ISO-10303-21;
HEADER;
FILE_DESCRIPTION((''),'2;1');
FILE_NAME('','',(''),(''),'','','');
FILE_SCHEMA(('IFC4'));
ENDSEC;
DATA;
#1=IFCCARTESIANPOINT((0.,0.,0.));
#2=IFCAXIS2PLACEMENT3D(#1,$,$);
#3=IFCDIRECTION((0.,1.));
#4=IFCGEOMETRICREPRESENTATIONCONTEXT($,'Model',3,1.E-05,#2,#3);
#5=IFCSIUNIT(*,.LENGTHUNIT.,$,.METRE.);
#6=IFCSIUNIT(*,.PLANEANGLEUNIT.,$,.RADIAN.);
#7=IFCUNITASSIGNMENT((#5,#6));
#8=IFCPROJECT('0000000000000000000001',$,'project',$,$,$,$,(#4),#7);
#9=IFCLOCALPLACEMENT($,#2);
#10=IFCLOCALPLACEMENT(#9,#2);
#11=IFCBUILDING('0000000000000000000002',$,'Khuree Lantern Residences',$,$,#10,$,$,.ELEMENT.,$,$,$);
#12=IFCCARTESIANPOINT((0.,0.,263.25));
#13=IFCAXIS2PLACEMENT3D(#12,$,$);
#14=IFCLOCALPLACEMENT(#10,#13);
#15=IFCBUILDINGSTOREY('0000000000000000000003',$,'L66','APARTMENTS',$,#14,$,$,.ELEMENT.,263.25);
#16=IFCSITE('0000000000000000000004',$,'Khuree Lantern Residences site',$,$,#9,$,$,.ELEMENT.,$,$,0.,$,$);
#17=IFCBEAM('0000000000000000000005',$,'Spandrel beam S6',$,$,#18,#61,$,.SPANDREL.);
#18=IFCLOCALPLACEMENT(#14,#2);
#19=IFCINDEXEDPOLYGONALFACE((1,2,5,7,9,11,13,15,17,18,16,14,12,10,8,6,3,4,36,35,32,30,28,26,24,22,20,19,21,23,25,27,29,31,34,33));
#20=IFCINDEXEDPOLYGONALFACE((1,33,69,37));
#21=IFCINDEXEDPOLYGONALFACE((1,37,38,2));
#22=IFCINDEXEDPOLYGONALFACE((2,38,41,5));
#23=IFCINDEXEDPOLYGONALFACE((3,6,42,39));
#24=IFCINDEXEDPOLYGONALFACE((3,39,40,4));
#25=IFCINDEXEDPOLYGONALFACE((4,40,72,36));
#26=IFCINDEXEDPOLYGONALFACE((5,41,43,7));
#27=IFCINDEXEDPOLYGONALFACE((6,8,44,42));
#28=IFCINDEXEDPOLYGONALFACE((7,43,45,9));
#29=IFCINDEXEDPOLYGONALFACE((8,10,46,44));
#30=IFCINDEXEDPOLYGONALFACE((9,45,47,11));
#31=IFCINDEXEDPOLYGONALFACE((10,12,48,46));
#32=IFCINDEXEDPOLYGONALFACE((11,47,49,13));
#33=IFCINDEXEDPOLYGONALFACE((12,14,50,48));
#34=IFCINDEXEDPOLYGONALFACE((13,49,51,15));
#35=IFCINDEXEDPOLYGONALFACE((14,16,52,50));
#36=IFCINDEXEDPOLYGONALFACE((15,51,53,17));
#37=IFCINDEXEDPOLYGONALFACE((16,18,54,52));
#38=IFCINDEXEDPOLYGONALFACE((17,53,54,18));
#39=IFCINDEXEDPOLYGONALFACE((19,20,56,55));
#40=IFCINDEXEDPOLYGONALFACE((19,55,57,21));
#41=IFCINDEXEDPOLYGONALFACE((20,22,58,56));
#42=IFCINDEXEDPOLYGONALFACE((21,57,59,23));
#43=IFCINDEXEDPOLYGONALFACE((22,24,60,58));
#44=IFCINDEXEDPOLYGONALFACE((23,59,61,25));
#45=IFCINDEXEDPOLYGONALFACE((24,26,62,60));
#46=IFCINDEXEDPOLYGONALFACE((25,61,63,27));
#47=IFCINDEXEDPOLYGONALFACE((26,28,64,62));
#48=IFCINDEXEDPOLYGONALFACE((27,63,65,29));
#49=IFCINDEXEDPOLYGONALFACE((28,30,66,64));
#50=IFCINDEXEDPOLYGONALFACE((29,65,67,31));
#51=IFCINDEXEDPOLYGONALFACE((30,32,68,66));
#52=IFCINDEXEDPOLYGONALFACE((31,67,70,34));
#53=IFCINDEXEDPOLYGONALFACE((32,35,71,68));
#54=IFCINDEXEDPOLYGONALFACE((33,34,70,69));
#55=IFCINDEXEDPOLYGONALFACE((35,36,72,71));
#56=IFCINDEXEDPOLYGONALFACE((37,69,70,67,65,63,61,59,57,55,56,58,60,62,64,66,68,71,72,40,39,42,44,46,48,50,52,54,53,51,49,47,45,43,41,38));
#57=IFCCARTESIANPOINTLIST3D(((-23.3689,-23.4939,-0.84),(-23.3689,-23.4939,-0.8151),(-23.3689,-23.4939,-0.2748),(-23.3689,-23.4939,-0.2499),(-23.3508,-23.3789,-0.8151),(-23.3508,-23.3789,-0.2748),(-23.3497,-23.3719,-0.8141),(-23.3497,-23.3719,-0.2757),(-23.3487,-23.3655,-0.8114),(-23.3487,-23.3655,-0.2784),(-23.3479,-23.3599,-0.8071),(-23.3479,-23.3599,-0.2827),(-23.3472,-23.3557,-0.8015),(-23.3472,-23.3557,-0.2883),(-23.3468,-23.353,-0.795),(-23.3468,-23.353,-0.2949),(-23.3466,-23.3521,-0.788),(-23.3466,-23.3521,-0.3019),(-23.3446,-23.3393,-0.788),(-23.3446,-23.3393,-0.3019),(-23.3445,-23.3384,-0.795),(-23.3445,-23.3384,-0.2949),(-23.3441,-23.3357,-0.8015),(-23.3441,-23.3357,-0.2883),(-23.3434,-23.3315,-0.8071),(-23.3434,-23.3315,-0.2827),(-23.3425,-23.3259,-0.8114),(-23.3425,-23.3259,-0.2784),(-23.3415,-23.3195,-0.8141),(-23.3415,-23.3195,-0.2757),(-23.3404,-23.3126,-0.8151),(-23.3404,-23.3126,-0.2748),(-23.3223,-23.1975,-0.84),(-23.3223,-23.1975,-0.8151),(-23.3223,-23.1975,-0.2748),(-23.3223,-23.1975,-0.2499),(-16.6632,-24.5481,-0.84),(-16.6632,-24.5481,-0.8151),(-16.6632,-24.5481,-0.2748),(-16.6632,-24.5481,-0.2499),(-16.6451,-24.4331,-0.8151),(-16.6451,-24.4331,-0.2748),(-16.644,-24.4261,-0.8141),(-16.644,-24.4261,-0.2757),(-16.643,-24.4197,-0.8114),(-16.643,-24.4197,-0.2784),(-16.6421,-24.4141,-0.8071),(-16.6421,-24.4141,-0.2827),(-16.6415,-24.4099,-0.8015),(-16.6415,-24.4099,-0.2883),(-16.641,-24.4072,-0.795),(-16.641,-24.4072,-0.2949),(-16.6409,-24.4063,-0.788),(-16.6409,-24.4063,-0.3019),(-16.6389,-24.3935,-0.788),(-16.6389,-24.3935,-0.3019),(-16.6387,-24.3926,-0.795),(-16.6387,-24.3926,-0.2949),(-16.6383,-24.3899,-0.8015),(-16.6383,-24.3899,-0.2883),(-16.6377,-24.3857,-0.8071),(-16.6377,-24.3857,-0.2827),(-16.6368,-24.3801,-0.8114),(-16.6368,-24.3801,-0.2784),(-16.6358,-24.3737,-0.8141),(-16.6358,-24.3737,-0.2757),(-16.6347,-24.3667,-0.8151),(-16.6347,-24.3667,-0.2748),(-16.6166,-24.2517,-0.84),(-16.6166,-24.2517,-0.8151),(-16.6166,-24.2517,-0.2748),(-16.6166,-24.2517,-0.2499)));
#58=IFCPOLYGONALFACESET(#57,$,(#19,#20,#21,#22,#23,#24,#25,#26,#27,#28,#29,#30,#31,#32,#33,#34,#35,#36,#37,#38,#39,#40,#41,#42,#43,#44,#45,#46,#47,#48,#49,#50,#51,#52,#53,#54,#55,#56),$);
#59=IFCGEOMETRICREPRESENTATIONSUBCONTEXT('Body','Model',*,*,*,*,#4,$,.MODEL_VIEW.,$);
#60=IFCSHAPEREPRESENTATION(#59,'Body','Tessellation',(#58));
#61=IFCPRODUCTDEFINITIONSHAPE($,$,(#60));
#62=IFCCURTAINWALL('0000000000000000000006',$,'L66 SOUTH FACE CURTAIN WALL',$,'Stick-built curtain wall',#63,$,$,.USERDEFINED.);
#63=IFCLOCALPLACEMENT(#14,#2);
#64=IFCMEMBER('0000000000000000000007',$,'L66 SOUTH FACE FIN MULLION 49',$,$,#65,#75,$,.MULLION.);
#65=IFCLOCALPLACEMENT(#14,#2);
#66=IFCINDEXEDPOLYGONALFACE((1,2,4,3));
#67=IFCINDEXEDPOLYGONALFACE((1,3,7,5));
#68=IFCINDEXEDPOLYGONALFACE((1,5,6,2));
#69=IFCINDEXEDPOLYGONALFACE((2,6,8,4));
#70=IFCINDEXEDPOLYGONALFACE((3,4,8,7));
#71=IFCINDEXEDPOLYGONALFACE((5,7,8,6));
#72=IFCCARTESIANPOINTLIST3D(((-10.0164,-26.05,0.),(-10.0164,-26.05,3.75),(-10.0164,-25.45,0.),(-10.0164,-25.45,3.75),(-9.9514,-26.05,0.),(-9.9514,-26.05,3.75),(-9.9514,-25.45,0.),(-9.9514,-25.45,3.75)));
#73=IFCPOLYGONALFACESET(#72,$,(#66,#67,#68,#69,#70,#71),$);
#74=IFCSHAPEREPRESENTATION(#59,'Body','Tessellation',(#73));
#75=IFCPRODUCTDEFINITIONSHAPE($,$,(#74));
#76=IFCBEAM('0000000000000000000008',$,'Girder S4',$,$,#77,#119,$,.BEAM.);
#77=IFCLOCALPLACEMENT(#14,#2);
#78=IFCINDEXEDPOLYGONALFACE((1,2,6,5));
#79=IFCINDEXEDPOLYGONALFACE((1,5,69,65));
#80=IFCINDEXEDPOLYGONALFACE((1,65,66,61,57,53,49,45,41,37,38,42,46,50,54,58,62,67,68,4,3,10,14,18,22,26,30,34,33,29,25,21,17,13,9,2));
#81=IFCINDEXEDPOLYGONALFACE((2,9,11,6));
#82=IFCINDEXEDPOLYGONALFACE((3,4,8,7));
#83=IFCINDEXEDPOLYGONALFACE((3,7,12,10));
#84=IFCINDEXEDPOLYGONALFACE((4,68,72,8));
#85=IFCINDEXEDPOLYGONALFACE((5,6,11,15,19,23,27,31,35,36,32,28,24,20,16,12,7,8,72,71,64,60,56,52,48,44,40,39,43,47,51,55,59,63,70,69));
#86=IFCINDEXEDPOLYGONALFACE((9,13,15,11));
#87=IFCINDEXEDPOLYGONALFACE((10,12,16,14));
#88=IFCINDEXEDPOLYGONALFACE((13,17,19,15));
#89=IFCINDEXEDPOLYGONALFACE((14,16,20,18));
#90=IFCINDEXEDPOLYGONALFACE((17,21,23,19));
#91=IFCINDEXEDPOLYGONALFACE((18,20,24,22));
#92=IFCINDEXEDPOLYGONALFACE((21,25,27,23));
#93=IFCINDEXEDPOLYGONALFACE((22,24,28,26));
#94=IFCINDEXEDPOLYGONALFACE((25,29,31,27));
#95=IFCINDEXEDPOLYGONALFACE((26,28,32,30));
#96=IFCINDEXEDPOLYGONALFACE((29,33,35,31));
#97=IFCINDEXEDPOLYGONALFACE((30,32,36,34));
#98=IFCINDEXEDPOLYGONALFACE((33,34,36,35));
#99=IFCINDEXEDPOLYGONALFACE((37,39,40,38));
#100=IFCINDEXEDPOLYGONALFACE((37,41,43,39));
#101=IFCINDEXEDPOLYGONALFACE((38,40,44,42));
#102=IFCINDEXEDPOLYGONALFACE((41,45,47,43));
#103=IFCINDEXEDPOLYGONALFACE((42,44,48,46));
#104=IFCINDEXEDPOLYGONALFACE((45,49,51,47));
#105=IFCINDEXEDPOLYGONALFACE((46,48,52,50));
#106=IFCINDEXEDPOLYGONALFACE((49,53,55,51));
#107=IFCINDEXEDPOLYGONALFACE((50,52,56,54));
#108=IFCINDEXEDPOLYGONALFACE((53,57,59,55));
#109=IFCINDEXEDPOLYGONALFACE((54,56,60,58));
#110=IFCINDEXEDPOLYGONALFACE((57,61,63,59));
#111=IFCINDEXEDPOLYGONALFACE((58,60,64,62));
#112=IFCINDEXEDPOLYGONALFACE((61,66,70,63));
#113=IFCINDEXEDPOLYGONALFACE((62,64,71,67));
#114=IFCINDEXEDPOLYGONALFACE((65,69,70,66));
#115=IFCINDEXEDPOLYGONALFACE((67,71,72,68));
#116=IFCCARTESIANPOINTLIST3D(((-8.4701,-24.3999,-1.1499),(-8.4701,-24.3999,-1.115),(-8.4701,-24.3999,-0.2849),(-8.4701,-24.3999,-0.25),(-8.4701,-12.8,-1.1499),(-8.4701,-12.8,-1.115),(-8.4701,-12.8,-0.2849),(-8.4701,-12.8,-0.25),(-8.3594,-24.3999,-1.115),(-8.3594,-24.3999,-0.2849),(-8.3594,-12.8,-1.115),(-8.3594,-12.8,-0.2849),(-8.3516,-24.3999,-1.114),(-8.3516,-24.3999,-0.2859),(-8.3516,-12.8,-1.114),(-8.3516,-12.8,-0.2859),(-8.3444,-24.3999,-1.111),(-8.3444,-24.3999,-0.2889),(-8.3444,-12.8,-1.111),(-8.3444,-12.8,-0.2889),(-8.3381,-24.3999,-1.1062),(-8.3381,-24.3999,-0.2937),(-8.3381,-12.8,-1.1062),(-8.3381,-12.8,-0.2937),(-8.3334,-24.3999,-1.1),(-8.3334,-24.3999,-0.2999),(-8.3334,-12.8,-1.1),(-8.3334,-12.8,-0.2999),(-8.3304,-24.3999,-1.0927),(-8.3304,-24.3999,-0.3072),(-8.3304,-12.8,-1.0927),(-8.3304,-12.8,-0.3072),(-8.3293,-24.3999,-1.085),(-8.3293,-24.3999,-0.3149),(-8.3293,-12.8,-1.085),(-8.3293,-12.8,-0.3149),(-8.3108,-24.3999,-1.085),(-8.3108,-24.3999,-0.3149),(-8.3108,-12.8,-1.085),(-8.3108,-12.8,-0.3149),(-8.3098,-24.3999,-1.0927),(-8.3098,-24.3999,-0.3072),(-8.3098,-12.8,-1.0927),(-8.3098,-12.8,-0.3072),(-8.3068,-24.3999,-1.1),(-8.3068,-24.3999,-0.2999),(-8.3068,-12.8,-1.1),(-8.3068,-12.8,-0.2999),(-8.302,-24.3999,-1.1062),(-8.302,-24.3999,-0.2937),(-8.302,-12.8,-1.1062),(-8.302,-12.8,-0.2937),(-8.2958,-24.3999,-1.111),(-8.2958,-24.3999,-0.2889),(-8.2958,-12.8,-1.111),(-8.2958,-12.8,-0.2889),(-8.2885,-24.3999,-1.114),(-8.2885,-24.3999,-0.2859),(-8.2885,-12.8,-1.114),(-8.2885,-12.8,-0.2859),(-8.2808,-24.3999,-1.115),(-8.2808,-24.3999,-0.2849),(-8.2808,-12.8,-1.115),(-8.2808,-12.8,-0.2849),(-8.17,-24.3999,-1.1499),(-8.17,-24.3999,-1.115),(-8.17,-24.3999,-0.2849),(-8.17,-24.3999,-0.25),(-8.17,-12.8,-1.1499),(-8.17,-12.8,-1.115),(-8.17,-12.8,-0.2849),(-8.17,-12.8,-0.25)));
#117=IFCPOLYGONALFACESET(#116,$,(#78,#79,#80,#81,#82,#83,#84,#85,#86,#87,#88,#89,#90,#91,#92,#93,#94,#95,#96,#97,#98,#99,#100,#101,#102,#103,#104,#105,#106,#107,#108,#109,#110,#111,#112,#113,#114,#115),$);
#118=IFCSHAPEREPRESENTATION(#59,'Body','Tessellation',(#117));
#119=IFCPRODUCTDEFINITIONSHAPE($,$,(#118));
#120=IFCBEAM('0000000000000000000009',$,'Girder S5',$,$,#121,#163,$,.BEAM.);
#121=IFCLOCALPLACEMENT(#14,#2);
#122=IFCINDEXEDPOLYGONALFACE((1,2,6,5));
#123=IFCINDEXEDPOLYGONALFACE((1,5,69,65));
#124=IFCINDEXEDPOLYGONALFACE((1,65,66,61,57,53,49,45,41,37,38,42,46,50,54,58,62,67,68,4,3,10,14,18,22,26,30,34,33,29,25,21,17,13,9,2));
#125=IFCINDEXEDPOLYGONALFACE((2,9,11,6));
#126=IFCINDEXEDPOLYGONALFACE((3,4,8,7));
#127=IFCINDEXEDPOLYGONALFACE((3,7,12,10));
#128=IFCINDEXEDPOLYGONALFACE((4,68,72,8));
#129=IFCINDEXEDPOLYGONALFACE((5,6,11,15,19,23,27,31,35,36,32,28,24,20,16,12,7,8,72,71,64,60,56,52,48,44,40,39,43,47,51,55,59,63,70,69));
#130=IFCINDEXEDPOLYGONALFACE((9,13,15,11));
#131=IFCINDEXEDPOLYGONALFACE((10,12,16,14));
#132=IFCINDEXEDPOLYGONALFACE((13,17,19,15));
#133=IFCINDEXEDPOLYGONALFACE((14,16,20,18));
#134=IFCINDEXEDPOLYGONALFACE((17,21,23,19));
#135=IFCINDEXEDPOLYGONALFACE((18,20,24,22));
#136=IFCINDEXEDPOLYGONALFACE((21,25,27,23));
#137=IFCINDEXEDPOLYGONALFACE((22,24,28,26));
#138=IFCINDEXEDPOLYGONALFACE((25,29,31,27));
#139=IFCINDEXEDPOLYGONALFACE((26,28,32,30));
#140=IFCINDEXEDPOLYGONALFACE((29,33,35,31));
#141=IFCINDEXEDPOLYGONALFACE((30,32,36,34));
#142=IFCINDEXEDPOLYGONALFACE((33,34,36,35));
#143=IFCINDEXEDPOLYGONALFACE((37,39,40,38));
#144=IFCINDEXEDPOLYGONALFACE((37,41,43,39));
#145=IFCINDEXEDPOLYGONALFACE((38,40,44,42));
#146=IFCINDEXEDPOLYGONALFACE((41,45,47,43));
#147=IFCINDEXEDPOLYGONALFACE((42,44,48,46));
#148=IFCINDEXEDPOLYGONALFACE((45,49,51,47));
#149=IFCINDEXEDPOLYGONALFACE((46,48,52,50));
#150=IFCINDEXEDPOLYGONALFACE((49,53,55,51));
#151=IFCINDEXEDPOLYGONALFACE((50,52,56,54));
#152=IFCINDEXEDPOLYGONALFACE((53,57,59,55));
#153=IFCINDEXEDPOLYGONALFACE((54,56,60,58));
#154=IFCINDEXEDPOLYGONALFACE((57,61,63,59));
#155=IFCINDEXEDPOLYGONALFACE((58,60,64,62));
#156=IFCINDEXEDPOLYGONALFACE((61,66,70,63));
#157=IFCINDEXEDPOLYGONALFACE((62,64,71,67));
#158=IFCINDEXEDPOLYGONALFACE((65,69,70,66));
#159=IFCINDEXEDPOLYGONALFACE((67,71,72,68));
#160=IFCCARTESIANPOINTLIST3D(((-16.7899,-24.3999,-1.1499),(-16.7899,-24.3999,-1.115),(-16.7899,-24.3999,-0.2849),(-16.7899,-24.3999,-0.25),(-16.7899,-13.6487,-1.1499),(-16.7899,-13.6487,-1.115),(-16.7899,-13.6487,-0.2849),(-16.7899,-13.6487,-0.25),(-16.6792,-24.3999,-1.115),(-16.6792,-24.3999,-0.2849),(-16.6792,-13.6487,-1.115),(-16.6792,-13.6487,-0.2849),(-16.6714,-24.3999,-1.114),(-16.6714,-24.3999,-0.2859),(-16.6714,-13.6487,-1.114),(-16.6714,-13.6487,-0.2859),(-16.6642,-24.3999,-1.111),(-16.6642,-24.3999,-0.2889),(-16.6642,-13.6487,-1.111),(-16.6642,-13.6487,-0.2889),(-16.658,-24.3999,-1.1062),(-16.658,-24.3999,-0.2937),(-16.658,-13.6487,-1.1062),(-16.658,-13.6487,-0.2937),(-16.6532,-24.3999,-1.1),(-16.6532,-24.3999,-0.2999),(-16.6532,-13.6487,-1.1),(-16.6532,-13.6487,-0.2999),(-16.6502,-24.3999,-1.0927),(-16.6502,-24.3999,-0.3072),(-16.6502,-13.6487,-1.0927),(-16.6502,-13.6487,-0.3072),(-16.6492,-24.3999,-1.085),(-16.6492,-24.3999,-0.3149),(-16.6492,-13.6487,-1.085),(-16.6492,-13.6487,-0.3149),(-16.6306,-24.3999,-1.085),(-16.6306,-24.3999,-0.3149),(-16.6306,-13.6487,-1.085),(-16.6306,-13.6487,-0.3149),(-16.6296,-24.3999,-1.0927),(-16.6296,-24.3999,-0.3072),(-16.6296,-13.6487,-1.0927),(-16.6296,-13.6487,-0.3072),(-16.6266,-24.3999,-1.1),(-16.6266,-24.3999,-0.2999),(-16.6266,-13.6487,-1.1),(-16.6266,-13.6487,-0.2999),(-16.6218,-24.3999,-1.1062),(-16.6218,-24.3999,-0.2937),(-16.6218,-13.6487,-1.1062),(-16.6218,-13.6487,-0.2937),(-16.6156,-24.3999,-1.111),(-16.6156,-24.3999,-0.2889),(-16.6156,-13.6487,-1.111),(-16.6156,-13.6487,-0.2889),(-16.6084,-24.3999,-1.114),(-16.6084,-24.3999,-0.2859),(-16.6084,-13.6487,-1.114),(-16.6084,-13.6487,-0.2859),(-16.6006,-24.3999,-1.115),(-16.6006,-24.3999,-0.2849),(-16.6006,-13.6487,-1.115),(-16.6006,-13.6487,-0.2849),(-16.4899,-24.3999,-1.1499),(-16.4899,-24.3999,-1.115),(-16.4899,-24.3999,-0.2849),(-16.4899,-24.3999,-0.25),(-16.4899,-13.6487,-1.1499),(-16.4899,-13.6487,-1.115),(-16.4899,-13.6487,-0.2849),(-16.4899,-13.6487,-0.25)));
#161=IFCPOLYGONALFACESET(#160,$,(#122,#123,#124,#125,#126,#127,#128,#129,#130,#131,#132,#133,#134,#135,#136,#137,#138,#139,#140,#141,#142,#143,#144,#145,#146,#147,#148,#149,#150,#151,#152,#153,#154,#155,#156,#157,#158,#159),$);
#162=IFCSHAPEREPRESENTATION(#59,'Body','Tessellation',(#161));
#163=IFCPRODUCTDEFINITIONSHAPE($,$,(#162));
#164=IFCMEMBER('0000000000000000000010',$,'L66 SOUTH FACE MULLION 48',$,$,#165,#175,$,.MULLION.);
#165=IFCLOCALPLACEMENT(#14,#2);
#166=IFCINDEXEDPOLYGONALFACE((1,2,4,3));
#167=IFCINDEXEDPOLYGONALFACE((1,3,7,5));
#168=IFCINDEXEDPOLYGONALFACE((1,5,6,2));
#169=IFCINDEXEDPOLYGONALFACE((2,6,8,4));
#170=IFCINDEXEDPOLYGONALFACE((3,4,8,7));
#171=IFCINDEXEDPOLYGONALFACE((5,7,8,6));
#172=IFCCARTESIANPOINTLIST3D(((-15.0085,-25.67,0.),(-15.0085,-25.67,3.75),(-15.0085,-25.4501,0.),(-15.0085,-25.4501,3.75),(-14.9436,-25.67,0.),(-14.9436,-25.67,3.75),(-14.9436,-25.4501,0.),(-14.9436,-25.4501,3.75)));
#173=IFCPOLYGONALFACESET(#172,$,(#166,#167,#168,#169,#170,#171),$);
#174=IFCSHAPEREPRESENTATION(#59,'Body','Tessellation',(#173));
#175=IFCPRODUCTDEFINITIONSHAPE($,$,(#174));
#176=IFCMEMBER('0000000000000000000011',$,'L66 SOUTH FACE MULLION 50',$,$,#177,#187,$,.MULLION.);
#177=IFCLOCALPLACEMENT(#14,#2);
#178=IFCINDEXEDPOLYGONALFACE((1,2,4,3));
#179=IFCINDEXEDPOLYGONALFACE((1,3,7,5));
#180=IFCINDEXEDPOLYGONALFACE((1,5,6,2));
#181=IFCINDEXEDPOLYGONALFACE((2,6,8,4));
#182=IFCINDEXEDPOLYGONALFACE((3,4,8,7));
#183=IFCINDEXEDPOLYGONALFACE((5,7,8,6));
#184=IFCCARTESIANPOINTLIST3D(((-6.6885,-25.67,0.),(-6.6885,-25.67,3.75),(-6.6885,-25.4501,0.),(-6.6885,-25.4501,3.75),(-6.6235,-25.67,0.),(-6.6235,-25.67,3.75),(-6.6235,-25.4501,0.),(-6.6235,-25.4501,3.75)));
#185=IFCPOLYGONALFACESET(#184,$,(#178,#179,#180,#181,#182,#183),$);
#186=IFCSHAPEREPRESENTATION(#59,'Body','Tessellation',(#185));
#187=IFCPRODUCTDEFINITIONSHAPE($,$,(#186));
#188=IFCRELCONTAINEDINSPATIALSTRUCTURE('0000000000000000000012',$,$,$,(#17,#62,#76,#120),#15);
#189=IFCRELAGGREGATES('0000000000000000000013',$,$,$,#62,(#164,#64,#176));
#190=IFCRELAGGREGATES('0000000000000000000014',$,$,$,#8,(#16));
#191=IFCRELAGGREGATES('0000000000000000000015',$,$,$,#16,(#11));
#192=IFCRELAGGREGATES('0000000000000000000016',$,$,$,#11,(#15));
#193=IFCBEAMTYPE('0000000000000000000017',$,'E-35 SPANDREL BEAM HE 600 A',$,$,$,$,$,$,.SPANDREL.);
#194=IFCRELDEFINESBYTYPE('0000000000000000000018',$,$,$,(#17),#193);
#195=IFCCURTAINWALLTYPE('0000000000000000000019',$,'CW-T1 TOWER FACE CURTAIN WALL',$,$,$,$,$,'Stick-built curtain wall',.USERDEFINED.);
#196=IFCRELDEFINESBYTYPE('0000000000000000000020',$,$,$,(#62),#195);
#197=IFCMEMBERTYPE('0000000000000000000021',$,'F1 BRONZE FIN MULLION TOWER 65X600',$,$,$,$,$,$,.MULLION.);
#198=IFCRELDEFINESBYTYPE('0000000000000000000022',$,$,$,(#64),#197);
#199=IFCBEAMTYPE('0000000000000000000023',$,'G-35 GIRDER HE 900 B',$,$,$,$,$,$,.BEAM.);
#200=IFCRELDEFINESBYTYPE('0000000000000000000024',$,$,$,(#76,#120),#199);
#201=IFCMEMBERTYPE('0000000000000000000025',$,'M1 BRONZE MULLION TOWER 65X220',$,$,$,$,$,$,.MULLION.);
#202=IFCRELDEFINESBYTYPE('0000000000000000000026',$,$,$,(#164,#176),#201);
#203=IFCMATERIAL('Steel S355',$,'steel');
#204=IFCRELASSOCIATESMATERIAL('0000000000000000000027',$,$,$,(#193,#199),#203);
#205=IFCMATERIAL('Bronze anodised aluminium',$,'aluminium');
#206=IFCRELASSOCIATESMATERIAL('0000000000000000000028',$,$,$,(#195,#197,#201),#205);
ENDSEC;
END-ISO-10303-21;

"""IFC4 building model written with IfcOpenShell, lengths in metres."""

from ifc_helpers import new_model, si_unit, direction, frame, origin, origin_2d, place, context, subcontext, project, spatial, rectangle, i_section, extrude, material, material_profile, profile_set, type_object, element, aggregate, save


model = new_model("IFC4")

# Units and contexts
model_context = context("Model", 3, precision=1e-05, world=origin(), true_north=direction((0.0, 1.0)))
body_context = subcontext(model_context, "Body", "Model", "MODEL_VIEW")
ifc_project = project(units=[si_unit("LENGTHUNIT", "METRE"), si_unit("PLANEANGLEUNIT", "RADIAN")], contexts=[model_context])

# Site, building, storey
site_placement = place(None, origin())
site = spatial("IfcSite", under=ifc_project, at=site_placement, Name="Khuree Lantern Residences site", CompositionType="ELEMENT", RefElevation=0.0)
building_placement = place(site_placement, origin())
building = spatial("IfcBuilding", under=site, at=building_placement, Name="Khuree Lantern Residences", CompositionType="ELEMENT")
storey_placement = place(building_placement, frame((0.0, 0.0, 263.25)))
storey = spatial("IfcBuildingStorey", under=building, at=storey_placement, Name="L66", Description="APARTMENTS", CompositionType="ELEMENT", Elevation=263.25)

# Beam
ifc_material_1 = material(Name="Steel S355", Category="steel")
ifc_material_profile_1 = material_profile(ifc_material_1, i_section(OverallWidth=0.3, OverallDepth=0.5901, WebThickness=0.0129, FlangeThickness=0.0249, FilletRadius=0.0271, at=origin_2d()), Name="HE 600 A")
ifc_profile_set_1 = profile_set([ifc_material_profile_1], Name="Steel S355")
beam_type_1 = type_object("IfcBeamType", Name="E-35 SPANDREL BEAM HE 600 A", PredefinedType="SPANDREL", material=ifc_profile_set_1)
beam_1_placement = place(storey_placement, frame((-16.6399, -24.3999, -0.5449), z_axis=(-0.987867, 0.1553, 0.0), x_axis=(-0.1553, -0.987867, 0.0)))
element("IfcBeam", 1, at=beam_1_placement, inside=storey, type_object=beam_type_1, Name="Spandrel beam S6", PredefinedType="SPANDREL", context=body_context, shape_type="SweptSolid", body=[
    extrude(i_section(OverallWidth=0.3, OverallDepth=0.5901, WebThickness=0.0129, FlangeThickness=0.0249, FilletRadius=0.0271, at=origin_2d()), origin(), (0.0, 0.0, 1.0), 6.7881),
])

# Curtain wall, member
ifc_material_2 = material(Name="Bronze anodised aluminium", Category="aluminium")
curtain_wall_type = type_object("IfcCurtainWallType", Name="CW-T1 TOWER FACE CURTAIN WALL", ElementType="Stick-built curtain wall", PredefinedType="USERDEFINED", material=ifc_material_2)
curtain_wall_placement = place(storey_placement, origin())
curtain_wall = element("IfcCurtainWall", 2, at=curtain_wall_placement, inside=storey, type_object=curtain_wall_type, Name="L66 SOUTH FACE CURTAIN WALL", ObjectType="Stick-built curtain wall", PredefinedType="USERDEFINED")
ifc_material_profile_2 = material_profile(ifc_material_2, rectangle(XDim=0.0649, YDim=0.6001, at=origin_2d()), Name="F1 65X600")
ifc_profile_set_2 = profile_set([ifc_material_profile_2], Name="Bronze anodised aluminium")
member_type_1 = type_object("IfcMemberType", Name="F1 BRONZE FIN MULLION TOWER 65X600", PredefinedType="MULLION", material=ifc_profile_set_2)
member_1_placement = place(storey_placement, frame((-9.9839, -25.75, 0.0), z_axis=(0.0, 0.0, 1.0), x_axis=(1.0, 0.0, 0.0)))
member_1 = element("IfcMember", 3, at=member_1_placement, type_object=member_type_1, Name="L66 SOUTH FACE FIN MULLION 49", PredefinedType="MULLION", context=body_context, shape_type="SweptSolid", body=[
    extrude(rectangle(XDim=0.0649, YDim=0.6001, at=origin_2d()), origin(), (0.0, 0.0, 1.0), 3.75),
])

# Beams
ifc_material_profile_3 = material_profile(ifc_material_1, i_section(OverallWidth=0.3, OverallDepth=0.8999, WebThickness=0.0186, FlangeThickness=0.0349, FilletRadius=0.03, at=origin_2d()), Name="HE 900 B")
ifc_profile_set_3 = profile_set([ifc_material_profile_3], Name="Steel S355")
beam_type_2 = type_object("IfcBeamType", Name="G-35 GIRDER HE 900 B", PredefinedType="BEAM", material=ifc_profile_set_3)
beam_2_placement = place(storey_placement, frame((-8.3201, -24.3999, -0.7), z_axis=(0.0, 1.0, 0.0), x_axis=(-1.0, 0.0, 0.0)))
element("IfcBeam", 4, at=beam_2_placement, inside=storey, type_object=beam_type_2, Name="Girder S4", PredefinedType="BEAM", context=body_context, shape_type="SweptSolid", body=[
    extrude(i_section(OverallWidth=0.3, OverallDepth=0.8999, WebThickness=0.0186, FlangeThickness=0.0349, FilletRadius=0.03, at=origin_2d()), origin(), (0.0, 0.0, 1.0), 11.5999),
])
beam_3_placement = place(storey_placement, frame((-16.6399, -24.3999, -0.7), z_axis=(0.0, 1.0, 0.0), x_axis=(-1.0, 0.0, 0.0)))
element("IfcBeam", 5, at=beam_3_placement, inside=storey, type_object=beam_type_2, Name="Girder S5", PredefinedType="BEAM", context=body_context, shape_type="SweptSolid", body=[
    extrude(i_section(OverallWidth=0.3, OverallDepth=0.8999, WebThickness=0.0186, FlangeThickness=0.0349, FilletRadius=0.03, at=origin_2d()), origin(), (0.0, 0.0, 1.0), 10.7512),
])

# Members
ifc_material_profile_4 = material_profile(ifc_material_2, rectangle(XDim=0.0649, YDim=0.22, at=origin_2d()), Name="M1 65X220")
ifc_profile_set_4 = profile_set([ifc_material_profile_4], Name="Bronze anodised aluminium")
member_type_2 = type_object("IfcMemberType", Name="M1 BRONZE MULLION TOWER 65X220", PredefinedType="MULLION", material=ifc_profile_set_4)
member_2_placement = place(storey_placement, frame((-14.9761, -25.5601, 0.0), z_axis=(0.0, 0.0, 1.0), x_axis=(1.0, 0.0, 0.0)))
member_2 = element("IfcMember", 6, at=member_2_placement, type_object=member_type_2, Name="L66 SOUTH FACE MULLION 48", PredefinedType="MULLION", context=body_context, shape_type="SweptSolid", body=[
    extrude(rectangle(XDim=0.0649, YDim=0.22, at=origin_2d()), origin(), (0.0, 0.0, 1.0), 3.75),
])
member_3_placement = place(storey_placement, frame((-6.656, -25.5601, 0.0), z_axis=(0.0, 0.0, 1.0), x_axis=(1.0, 0.0, 0.0)))
member_3 = element("IfcMember", 7, at=member_3_placement, type_object=member_type_2, Name="L66 SOUTH FACE MULLION 50", PredefinedType="MULLION", context=body_context, shape_type="SweptSolid", body=[
    extrude(rectangle(XDim=0.0649, YDim=0.22, at=origin_2d()), origin(), (0.0, 0.0, 1.0), 3.75),
])

aggregate(curtain_wall, [member_2, member_1, member_3])

save(model, "model.ifc")
